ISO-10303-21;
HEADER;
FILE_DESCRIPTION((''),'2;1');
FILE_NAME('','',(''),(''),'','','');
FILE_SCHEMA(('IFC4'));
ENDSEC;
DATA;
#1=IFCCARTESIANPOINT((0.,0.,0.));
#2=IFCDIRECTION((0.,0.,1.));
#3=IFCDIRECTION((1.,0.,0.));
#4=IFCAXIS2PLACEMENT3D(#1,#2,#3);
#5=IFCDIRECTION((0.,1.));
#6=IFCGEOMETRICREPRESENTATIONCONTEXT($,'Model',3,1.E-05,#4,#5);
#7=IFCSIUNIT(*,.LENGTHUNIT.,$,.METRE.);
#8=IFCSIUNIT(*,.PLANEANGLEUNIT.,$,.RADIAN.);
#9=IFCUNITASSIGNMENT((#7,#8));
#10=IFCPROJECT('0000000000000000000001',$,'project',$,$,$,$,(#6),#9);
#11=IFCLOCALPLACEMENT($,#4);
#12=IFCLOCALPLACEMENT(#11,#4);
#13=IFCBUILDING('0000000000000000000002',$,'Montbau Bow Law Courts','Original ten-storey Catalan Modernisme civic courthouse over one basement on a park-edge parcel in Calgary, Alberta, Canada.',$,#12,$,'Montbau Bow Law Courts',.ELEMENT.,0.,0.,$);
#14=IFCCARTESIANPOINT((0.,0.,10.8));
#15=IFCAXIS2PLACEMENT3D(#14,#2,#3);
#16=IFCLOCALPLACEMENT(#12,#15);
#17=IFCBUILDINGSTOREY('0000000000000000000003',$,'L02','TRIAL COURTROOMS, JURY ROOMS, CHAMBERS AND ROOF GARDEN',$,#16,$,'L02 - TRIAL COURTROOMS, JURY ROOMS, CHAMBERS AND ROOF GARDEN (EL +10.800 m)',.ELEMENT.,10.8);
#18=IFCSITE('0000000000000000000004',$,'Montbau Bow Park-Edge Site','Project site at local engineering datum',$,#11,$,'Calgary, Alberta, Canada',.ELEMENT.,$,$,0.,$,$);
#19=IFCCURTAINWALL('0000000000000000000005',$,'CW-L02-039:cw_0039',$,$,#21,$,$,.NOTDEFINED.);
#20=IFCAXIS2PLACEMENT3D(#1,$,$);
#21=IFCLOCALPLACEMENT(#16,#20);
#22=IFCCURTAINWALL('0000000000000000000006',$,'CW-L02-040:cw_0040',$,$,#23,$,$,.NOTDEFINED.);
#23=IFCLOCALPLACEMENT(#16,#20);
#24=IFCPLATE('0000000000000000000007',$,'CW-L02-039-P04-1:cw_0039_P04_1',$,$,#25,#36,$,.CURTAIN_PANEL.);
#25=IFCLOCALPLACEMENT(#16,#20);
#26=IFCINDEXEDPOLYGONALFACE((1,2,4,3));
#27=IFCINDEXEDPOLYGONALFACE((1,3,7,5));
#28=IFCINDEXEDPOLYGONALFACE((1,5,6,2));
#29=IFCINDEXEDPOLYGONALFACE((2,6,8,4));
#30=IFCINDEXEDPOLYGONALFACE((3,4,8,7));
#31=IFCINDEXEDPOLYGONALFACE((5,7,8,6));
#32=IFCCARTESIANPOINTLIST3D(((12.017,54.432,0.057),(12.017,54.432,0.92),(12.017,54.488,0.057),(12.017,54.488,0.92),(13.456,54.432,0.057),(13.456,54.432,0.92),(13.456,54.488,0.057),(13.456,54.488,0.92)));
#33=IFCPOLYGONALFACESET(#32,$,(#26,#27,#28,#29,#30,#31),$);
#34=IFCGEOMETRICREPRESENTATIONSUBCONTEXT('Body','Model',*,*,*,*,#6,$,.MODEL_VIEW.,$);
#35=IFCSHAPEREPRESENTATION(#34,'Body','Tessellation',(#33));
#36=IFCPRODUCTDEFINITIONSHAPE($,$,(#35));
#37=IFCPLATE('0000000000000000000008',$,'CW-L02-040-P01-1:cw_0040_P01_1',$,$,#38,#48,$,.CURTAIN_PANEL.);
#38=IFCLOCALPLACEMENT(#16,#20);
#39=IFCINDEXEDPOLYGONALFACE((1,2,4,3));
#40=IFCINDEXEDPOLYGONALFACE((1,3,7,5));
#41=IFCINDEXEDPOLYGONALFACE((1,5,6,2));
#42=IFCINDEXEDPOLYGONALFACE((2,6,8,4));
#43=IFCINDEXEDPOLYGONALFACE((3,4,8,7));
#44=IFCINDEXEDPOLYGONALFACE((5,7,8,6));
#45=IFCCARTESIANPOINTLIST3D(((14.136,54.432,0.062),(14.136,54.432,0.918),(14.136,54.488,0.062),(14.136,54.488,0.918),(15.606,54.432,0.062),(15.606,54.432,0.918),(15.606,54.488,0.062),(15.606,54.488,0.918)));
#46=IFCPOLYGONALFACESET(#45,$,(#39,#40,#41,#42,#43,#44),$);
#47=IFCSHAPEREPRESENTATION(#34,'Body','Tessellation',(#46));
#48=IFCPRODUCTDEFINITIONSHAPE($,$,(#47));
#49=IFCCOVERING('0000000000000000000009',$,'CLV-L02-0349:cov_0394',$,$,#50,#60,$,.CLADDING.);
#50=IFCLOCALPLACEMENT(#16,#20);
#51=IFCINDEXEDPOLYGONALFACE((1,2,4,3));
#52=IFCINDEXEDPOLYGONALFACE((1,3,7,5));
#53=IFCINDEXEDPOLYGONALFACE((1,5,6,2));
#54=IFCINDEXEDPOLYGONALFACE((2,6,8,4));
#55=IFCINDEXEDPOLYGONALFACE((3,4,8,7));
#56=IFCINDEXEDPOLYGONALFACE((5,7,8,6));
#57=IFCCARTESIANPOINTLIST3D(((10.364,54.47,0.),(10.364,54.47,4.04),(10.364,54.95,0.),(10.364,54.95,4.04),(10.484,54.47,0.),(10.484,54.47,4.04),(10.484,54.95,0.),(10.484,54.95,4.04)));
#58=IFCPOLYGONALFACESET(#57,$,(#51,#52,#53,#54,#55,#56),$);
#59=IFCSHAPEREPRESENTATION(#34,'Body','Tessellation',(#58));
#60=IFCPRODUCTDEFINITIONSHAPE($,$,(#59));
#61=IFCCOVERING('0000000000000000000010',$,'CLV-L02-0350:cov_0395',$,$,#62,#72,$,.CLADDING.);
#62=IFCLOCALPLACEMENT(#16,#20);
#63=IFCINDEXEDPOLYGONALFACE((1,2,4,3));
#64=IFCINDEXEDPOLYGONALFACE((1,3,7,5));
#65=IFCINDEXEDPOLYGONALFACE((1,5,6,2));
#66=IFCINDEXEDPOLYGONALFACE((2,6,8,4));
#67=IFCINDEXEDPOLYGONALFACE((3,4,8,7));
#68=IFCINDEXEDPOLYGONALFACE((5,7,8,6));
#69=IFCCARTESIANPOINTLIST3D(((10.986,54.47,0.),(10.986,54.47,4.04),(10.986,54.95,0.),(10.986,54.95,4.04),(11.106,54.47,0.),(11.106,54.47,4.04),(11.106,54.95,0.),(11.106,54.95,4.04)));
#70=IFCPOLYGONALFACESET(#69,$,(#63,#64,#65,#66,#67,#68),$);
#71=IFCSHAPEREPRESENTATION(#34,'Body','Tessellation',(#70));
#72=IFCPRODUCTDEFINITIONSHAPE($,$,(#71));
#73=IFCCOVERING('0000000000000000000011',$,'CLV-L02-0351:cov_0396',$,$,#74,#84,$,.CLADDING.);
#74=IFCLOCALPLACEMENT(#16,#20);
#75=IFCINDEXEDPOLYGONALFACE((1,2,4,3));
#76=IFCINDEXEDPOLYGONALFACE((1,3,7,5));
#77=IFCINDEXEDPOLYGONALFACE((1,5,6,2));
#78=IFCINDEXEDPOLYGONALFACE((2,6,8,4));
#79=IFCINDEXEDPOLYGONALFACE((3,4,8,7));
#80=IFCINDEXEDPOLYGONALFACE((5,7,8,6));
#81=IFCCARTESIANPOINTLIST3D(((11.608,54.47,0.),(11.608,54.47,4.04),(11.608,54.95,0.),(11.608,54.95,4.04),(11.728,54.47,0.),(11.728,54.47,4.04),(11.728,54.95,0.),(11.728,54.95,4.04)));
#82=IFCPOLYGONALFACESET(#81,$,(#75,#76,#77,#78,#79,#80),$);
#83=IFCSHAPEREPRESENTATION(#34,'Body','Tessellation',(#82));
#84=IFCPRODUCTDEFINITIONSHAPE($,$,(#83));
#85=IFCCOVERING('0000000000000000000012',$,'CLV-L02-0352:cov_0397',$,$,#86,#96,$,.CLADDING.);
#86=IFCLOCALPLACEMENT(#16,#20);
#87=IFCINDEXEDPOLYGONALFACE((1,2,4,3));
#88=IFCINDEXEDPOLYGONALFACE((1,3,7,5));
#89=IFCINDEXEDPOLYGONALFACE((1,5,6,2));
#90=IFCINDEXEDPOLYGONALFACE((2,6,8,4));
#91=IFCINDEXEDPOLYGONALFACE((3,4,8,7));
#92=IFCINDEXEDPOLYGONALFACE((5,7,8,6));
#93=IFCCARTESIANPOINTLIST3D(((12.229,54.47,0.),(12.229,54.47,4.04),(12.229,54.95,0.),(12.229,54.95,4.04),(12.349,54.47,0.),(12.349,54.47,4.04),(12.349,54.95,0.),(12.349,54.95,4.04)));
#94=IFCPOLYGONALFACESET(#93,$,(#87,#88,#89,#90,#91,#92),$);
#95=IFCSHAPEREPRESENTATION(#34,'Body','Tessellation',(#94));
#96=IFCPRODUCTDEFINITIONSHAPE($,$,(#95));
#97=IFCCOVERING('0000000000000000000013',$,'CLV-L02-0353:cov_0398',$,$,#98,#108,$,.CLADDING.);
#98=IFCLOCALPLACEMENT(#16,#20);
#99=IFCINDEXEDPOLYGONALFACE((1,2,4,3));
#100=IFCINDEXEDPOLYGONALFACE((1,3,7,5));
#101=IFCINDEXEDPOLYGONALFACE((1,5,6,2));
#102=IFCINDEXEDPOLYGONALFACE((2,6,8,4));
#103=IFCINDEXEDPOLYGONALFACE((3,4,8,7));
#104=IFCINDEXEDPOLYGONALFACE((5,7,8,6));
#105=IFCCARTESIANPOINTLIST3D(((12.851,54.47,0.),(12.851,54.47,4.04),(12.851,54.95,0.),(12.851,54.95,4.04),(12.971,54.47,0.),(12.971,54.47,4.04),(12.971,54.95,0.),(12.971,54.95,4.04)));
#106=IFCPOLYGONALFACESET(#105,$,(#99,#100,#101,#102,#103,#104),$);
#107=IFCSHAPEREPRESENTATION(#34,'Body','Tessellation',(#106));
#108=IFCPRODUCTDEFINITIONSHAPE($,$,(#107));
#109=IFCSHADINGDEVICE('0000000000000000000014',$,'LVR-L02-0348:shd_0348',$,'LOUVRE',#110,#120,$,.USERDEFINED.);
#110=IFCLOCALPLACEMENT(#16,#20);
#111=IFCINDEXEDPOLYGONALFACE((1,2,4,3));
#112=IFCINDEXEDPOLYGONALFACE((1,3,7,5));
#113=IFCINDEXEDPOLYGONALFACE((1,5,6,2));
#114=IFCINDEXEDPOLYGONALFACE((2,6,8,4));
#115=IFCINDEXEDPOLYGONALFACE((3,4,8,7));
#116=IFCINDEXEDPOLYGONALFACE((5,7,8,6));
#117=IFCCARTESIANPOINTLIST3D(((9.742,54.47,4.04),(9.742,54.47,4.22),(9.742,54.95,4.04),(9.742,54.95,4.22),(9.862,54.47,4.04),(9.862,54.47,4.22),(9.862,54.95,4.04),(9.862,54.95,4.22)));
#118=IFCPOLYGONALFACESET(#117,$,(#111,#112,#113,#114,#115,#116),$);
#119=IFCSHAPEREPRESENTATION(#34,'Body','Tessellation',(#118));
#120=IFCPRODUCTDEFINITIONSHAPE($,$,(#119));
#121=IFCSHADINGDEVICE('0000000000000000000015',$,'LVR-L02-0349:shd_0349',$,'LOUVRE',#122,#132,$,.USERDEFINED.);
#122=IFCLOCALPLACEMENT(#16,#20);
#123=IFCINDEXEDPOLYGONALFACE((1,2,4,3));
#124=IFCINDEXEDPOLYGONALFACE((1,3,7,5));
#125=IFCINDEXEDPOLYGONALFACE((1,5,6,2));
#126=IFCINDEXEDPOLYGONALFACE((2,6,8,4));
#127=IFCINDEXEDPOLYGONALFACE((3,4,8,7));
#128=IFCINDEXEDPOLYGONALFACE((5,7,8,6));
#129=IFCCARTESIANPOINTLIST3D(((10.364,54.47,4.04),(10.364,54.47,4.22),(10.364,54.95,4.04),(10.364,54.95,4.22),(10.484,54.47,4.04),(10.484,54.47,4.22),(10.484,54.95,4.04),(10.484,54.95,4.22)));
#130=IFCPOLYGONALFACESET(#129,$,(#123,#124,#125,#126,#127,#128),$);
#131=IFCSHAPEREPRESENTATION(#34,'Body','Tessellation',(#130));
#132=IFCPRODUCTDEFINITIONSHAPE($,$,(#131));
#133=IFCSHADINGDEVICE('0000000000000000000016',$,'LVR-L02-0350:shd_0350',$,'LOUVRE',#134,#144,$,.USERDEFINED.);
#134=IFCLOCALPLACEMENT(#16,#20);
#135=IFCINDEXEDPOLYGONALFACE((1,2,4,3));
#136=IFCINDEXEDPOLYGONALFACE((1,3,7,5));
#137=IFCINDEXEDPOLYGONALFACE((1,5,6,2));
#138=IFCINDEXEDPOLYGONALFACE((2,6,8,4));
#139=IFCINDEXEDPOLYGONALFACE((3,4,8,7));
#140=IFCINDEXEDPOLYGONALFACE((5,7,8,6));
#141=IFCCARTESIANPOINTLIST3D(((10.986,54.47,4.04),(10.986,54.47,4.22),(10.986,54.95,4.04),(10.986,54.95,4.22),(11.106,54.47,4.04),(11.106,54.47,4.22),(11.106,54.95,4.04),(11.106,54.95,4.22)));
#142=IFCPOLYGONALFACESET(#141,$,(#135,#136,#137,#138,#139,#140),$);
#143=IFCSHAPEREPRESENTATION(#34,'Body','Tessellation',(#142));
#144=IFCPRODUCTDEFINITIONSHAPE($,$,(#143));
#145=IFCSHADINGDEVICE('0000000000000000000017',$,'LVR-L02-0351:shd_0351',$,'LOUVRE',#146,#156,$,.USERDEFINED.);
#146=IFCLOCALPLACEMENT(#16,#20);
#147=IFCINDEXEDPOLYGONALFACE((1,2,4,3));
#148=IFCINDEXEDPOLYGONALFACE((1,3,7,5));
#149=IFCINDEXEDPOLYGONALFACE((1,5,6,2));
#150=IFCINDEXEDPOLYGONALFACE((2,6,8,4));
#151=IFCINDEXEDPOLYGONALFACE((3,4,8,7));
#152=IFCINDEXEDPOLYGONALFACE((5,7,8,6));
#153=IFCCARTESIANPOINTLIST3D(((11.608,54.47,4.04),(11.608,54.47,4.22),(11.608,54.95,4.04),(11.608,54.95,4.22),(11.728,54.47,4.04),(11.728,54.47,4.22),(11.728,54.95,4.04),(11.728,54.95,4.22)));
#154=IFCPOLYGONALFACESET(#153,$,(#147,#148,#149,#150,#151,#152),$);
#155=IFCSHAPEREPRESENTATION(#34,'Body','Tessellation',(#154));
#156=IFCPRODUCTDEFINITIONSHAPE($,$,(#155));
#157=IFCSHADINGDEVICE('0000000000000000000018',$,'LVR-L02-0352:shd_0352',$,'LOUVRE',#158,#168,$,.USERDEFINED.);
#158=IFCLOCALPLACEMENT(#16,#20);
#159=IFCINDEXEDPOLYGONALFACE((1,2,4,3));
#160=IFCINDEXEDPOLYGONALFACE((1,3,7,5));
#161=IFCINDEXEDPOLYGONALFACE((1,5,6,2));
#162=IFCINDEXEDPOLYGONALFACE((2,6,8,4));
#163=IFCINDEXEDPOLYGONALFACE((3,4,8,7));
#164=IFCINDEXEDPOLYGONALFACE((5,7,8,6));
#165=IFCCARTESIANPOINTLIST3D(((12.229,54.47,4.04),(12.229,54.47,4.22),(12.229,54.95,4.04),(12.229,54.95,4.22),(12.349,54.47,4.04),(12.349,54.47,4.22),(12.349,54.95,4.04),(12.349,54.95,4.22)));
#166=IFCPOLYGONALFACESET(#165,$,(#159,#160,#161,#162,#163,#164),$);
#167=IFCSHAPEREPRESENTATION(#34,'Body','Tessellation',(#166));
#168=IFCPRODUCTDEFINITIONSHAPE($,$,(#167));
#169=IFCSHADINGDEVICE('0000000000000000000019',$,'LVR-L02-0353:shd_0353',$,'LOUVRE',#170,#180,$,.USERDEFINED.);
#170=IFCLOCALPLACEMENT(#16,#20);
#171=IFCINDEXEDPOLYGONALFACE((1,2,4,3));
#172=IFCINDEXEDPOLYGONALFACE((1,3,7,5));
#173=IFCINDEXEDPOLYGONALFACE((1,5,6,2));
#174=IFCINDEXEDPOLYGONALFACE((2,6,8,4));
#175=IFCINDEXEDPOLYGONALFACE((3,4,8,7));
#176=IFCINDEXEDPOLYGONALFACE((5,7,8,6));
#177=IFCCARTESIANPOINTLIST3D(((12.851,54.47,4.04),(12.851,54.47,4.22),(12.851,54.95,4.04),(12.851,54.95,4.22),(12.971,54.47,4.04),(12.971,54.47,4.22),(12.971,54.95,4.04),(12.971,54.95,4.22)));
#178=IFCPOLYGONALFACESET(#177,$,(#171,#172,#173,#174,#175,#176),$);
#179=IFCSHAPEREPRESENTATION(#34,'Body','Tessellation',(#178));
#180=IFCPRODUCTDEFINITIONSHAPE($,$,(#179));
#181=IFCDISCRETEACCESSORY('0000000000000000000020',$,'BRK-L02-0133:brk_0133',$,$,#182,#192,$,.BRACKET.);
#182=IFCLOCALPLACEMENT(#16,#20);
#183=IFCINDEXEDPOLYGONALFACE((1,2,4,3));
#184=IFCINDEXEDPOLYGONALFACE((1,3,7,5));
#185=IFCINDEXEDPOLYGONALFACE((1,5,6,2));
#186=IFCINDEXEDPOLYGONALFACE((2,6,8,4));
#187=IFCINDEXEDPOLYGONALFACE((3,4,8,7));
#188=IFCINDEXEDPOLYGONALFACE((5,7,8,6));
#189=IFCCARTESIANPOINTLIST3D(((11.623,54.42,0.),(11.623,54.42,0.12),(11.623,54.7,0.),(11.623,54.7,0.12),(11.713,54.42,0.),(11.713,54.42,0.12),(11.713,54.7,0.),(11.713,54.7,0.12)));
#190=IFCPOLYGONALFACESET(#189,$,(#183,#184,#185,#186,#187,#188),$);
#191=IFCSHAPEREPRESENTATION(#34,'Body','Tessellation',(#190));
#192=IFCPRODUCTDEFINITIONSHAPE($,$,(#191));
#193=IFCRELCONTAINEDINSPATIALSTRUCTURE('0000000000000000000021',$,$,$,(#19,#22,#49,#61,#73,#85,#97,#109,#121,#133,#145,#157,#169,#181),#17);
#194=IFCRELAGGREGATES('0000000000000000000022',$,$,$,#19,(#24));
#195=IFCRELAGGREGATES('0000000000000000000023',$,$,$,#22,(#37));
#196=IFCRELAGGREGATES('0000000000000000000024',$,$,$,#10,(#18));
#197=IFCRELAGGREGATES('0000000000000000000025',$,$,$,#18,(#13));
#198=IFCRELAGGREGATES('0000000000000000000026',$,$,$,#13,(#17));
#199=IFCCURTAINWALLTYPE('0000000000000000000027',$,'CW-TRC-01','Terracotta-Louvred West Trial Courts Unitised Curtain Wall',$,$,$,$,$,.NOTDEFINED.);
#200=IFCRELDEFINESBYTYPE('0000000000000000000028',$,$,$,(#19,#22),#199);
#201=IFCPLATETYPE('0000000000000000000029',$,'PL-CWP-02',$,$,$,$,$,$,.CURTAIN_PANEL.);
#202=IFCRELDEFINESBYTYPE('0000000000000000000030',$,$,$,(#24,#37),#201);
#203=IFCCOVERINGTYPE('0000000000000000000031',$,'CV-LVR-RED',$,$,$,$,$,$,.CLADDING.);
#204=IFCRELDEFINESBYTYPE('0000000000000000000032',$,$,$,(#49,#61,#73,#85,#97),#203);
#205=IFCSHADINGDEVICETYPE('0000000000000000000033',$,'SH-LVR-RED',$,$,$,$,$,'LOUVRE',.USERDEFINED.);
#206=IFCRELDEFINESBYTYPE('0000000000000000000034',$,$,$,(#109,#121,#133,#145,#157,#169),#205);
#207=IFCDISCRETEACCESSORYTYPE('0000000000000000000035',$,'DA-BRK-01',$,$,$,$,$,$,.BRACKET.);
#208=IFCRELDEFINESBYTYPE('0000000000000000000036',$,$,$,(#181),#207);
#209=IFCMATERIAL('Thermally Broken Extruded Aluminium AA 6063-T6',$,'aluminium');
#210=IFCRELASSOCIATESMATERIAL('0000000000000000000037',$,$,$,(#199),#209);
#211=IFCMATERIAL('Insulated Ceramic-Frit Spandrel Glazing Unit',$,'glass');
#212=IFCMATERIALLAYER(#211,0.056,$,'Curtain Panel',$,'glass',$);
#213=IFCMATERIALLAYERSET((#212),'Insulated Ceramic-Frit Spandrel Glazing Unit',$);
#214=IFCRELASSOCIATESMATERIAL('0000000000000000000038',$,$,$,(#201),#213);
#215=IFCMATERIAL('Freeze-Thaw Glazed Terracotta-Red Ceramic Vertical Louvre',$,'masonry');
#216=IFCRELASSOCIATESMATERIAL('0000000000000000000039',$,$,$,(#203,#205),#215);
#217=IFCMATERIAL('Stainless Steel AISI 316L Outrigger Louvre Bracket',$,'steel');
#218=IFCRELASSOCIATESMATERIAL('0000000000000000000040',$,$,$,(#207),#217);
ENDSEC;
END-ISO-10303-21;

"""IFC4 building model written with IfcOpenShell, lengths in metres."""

from ifc_helpers import new_model, si_unit, direction, frame, frame_2d, origin_with_axes, origin_2d_with_axis, place, context, subcontext, project, spatial, rectangle, extrude, material, layer, layer_set, type_object, element, aggregate, save


model = new_model("IFC4")

# Units and contexts
model_context = context("Model", 3, precision=1e-05, world=origin_with_axes(), true_north=direction((0.0, 1.0)))
body_context = subcontext(model_context, "Body", "Model", "MODEL_VIEW")
ifc_project = project(units=[si_unit("LENGTHUNIT", "METRE"), si_unit("PLANEANGLEUNIT", "RADIAN")], contexts=[model_context])

# Site, building, storey
site_placement = place(None, origin_with_axes())
site = spatial("IfcSite", under=ifc_project, at=site_placement, Name="Montbau Bow Park-Edge Site", Description="Project site at local engineering datum", LongName="Calgary, Alberta, Canada", CompositionType="ELEMENT", RefElevation=0.0)
building_placement = place(site_placement, origin_with_axes())
building = spatial("IfcBuilding", under=site, at=building_placement, Name="Montbau Bow Law Courts", Description="Original ten-storey Catalan Modernisme civic courthouse over one basement on a park-edge parcel in Calgary, Alberta, Canada.", LongName="Montbau Bow Law Courts", CompositionType="ELEMENT", ElevationOfRefHeight=0.0, ElevationOfTerrain=0.0)
storey_placement = place(building_placement, frame((0.0, 0.0, 10.8), z_axis=(0.0, 0.0, 1.0), x_axis=(1.0, 0.0, 0.0)))
storey = spatial("IfcBuildingStorey", under=building, at=storey_placement, Name="L02", Description="TRIAL COURTROOMS, JURY ROOMS, CHAMBERS AND ROOF GARDEN", LongName="L02 - TRIAL COURTROOMS, JURY ROOMS, CHAMBERS AND ROOF GARDEN (EL +10.800 m)", CompositionType="ELEMENT", Elevation=10.8)

# Curtain wall
ifc_material_1 = material(Name="Thermally Broken Extruded Aluminium AA 6063-T6", Category="aluminium")
curtain_wall_type = type_object("IfcCurtainWallType", Name="CW-TRC-01", Description="Terracotta-Louvred West Trial Courts Unitised Curtain Wall", PredefinedType="NOTDEFINED", material=ifc_material_1)
curtain_wall_1_placement = place(None, frame((7.315, 54.46, 10.8), z_axis=(0.0, 0.0, 1.0), x_axis=(1.0, 0.0, 0.0)))
curtain_wall_1 = element("IfcCurtainWall", 1, at=curtain_wall_1_placement, inside=storey, type_object=curtain_wall_type, Name="CW-L02-039:cw_0039", PredefinedType="NOTDEFINED")

# Curtain wall
curtain_wall_2_placement = place(None, frame((14.068, 54.46, 10.8), z_axis=(0.0, 0.0, 1.0), x_axis=(1.0, 0.0, 0.0)))
curtain_wall_2 = element("IfcCurtainWall", 2, at=curtain_wall_2_placement, inside=storey, type_object=curtain_wall_type, Name="CW-L02-040:cw_0040", PredefinedType="NOTDEFINED")

# Plates
ifc_material_2 = material(Name="Insulated Ceramic-Frit Spandrel Glazing Unit", Category="glass")
ifc_layer_1 = layer(ifc_material_2, 0.056, Name="Curtain Panel", Category="glass")
ifc_layer_set_1 = layer_set([ifc_layer_1], Name="Insulated Ceramic-Frit Spandrel Glazing Unit")
plate_type_1 = type_object("IfcPlateType", Name="PL-CWP-02", PredefinedType="CURTAIN_PANEL", material=ifc_layer_set_1)
plate_1_placement = place(None, frame((12.017, 54.46, 10.857), z_axis=(0.0, -1.0, 0.0), x_axis=(1.0, 0.0, 0.0)))
plate_1 = element("IfcPlate", 3, at=plate_1_placement, type_object=plate_type_1, Name="CW-L02-039-P04-1:cw_0039_P04_1", PredefinedType="CURTAIN_PANEL", context=body_context, shape_type="SweptSolid", body=[
    extrude(rectangle(XDim=1.439, YDim=0.863, at=frame_2d((0.7195, 0.4315), x_axis=(1.0, 0.0))), frame((0.0, 0.0, -0.028), z_axis=(0.0, 0.0, 1.0), x_axis=(1.0, 0.0, 0.0)), (0.0, 0.0, 1.0), 0.056),
])
aggregate(curtain_wall_1, [plate_1])
plate_2_placement = place(None, frame((14.136, 54.46, 10.862), z_axis=(0.0, -1.0, 0.0), x_axis=(1.0, 0.0, 0.0)))
plate_2 = element("IfcPlate", 4, at=plate_2_placement, type_object=plate_type_1, Name="CW-L02-040-P01-1:cw_0040_P01_1", PredefinedType="CURTAIN_PANEL", context=body_context, shape_type="SweptSolid", body=[
    extrude(rectangle(XDim=1.47, YDim=0.856, at=frame_2d((0.735, 0.428), x_axis=(1.0, 0.0))), frame((0.0, 0.0, -0.028), z_axis=(0.0, 0.0, 1.0), x_axis=(1.0, 0.0, 0.0)), (0.0, 0.0, 1.0), 0.056),
])
aggregate(curtain_wall_2, [plate_2])

# Coverings
ifc_material_3 = material(Name="Freeze-Thaw Glazed Terracotta-Red Ceramic Vertical Louvre", Category="masonry")
covering_type = type_object("IfcCoveringType", Name="CV-LVR-RED", PredefinedType="CLADDING", material=ifc_material_3)
for number, where, z_axis, x_axis, name in (
    (5, (10.424, 54.47, 10.8), (1.0, 0.0, 0.0), (0.0, 1.0, 0.0), "CLV-L02-0349:cov_0394"),
    (6, (11.046, 54.47, 10.8), (1.0, 0.0, 0.0), (0.0, 1.0, 0.0), "CLV-L02-0350:cov_0395"),
    (7, (11.668, 54.47, 10.8), (1.0, 0.0, 0.0), (0.0, 1.0, 0.0), "CLV-L02-0351:cov_0396"),
    (8, (12.289, 54.47, 10.8), (1.0, 0.0, 0.0), (0.0, 1.0, 0.0), "CLV-L02-0352:cov_0397"),
    (9, (12.911, 54.47, 10.8), (1.0, 0.0, 0.0), (0.0, 1.0, 0.0), "CLV-L02-0353:cov_0398"),
):
    element("IfcCovering", number, at=place(None, frame(where, z_axis=z_axis, x_axis=x_axis)), inside=storey, type_object=covering_type, Name=name, PredefinedType="CLADDING", context=body_context, shape_type="SweptSolid", body=[
        extrude(rectangle(XDim=0.48, YDim=4.04, at=frame_2d((0.24, 2.02), x_axis=(1.0, 0.0))), frame((0.0, 0.0, -0.06), z_axis=(0.0, 0.0, 1.0), x_axis=(1.0, 0.0, 0.0)), (0.0, 0.0, 1.0), 0.12),
    ])

# Shading devices
shading_device_type = type_object("IfcShadingDeviceType", Name="SH-LVR-RED", ElementType="LOUVRE", PredefinedType="USERDEFINED", material=ifc_material_3)
for number, where, z_axis, x_axis, name in (
    (10, (9.802, 54.71, 14.84), (0.0, 0.0, 1.0), (0.0, 1.0, 0.0), "LVR-L02-0348:shd_0348"),
    (11, (10.424, 54.71, 14.84), (0.0, 0.0, 1.0), (0.0, 1.0, 0.0), "LVR-L02-0349:shd_0349"),
    (12, (11.046, 54.71, 14.84), (0.0, 0.0, 1.0), (0.0, 1.0, 0.0), "LVR-L02-0350:shd_0350"),
    (13, (11.668, 54.71, 14.84), (0.0, 0.0, 1.0), (0.0, 1.0, 0.0), "LVR-L02-0351:shd_0351"),
    (14, (12.289, 54.71, 14.84), (0.0, 0.0, 1.0), (0.0, 1.0, 0.0), "LVR-L02-0352:shd_0352"),
    (15, (12.911, 54.71, 14.84), (0.0, 0.0, 1.0), (0.0, 1.0, 0.0), "LVR-L02-0353:shd_0353"),
):
    element("IfcShadingDevice", number, at=place(None, frame(where, z_axis=z_axis, x_axis=x_axis)), inside=storey, type_object=shading_device_type, Name=name, ObjectType="LOUVRE", PredefinedType="USERDEFINED", context=body_context, shape_type="SweptSolid", body=[
        extrude(rectangle(XDim=0.48, YDim=0.12, at=origin_2d_with_axis()), origin_with_axes(), (0.0, 0.0, 1.0), 0.18),
    ])

# Discrete accessory
ifc_material_4 = material(Name="Stainless Steel AISI 316L Outrigger Louvre Bracket", Category="steel")
discrete_accessory_type = type_object("IfcDiscreteAccessoryType", Name="DA-BRK-01", PredefinedType="BRACKET", material=ifc_material_4)
discrete_accessory_placement = place(None, frame((11.668, 54.56, 10.8), z_axis=(0.0, 0.0, 1.0), x_axis=(0.0, 1.0, 0.0)))
element("IfcDiscreteAccessory", 16, at=discrete_accessory_placement, inside=storey, type_object=discrete_accessory_type, Name="BRK-L02-0133:brk_0133", PredefinedType="BRACKET", context=body_context, shape_type="SweptSolid", body=[
    extrude(rectangle(XDim=0.28, YDim=0.09, at=origin_2d_with_axis()), origin_with_axes(), (0.0, 0.0, 1.0), 0.12),
])

save(model, "model.ifc")
